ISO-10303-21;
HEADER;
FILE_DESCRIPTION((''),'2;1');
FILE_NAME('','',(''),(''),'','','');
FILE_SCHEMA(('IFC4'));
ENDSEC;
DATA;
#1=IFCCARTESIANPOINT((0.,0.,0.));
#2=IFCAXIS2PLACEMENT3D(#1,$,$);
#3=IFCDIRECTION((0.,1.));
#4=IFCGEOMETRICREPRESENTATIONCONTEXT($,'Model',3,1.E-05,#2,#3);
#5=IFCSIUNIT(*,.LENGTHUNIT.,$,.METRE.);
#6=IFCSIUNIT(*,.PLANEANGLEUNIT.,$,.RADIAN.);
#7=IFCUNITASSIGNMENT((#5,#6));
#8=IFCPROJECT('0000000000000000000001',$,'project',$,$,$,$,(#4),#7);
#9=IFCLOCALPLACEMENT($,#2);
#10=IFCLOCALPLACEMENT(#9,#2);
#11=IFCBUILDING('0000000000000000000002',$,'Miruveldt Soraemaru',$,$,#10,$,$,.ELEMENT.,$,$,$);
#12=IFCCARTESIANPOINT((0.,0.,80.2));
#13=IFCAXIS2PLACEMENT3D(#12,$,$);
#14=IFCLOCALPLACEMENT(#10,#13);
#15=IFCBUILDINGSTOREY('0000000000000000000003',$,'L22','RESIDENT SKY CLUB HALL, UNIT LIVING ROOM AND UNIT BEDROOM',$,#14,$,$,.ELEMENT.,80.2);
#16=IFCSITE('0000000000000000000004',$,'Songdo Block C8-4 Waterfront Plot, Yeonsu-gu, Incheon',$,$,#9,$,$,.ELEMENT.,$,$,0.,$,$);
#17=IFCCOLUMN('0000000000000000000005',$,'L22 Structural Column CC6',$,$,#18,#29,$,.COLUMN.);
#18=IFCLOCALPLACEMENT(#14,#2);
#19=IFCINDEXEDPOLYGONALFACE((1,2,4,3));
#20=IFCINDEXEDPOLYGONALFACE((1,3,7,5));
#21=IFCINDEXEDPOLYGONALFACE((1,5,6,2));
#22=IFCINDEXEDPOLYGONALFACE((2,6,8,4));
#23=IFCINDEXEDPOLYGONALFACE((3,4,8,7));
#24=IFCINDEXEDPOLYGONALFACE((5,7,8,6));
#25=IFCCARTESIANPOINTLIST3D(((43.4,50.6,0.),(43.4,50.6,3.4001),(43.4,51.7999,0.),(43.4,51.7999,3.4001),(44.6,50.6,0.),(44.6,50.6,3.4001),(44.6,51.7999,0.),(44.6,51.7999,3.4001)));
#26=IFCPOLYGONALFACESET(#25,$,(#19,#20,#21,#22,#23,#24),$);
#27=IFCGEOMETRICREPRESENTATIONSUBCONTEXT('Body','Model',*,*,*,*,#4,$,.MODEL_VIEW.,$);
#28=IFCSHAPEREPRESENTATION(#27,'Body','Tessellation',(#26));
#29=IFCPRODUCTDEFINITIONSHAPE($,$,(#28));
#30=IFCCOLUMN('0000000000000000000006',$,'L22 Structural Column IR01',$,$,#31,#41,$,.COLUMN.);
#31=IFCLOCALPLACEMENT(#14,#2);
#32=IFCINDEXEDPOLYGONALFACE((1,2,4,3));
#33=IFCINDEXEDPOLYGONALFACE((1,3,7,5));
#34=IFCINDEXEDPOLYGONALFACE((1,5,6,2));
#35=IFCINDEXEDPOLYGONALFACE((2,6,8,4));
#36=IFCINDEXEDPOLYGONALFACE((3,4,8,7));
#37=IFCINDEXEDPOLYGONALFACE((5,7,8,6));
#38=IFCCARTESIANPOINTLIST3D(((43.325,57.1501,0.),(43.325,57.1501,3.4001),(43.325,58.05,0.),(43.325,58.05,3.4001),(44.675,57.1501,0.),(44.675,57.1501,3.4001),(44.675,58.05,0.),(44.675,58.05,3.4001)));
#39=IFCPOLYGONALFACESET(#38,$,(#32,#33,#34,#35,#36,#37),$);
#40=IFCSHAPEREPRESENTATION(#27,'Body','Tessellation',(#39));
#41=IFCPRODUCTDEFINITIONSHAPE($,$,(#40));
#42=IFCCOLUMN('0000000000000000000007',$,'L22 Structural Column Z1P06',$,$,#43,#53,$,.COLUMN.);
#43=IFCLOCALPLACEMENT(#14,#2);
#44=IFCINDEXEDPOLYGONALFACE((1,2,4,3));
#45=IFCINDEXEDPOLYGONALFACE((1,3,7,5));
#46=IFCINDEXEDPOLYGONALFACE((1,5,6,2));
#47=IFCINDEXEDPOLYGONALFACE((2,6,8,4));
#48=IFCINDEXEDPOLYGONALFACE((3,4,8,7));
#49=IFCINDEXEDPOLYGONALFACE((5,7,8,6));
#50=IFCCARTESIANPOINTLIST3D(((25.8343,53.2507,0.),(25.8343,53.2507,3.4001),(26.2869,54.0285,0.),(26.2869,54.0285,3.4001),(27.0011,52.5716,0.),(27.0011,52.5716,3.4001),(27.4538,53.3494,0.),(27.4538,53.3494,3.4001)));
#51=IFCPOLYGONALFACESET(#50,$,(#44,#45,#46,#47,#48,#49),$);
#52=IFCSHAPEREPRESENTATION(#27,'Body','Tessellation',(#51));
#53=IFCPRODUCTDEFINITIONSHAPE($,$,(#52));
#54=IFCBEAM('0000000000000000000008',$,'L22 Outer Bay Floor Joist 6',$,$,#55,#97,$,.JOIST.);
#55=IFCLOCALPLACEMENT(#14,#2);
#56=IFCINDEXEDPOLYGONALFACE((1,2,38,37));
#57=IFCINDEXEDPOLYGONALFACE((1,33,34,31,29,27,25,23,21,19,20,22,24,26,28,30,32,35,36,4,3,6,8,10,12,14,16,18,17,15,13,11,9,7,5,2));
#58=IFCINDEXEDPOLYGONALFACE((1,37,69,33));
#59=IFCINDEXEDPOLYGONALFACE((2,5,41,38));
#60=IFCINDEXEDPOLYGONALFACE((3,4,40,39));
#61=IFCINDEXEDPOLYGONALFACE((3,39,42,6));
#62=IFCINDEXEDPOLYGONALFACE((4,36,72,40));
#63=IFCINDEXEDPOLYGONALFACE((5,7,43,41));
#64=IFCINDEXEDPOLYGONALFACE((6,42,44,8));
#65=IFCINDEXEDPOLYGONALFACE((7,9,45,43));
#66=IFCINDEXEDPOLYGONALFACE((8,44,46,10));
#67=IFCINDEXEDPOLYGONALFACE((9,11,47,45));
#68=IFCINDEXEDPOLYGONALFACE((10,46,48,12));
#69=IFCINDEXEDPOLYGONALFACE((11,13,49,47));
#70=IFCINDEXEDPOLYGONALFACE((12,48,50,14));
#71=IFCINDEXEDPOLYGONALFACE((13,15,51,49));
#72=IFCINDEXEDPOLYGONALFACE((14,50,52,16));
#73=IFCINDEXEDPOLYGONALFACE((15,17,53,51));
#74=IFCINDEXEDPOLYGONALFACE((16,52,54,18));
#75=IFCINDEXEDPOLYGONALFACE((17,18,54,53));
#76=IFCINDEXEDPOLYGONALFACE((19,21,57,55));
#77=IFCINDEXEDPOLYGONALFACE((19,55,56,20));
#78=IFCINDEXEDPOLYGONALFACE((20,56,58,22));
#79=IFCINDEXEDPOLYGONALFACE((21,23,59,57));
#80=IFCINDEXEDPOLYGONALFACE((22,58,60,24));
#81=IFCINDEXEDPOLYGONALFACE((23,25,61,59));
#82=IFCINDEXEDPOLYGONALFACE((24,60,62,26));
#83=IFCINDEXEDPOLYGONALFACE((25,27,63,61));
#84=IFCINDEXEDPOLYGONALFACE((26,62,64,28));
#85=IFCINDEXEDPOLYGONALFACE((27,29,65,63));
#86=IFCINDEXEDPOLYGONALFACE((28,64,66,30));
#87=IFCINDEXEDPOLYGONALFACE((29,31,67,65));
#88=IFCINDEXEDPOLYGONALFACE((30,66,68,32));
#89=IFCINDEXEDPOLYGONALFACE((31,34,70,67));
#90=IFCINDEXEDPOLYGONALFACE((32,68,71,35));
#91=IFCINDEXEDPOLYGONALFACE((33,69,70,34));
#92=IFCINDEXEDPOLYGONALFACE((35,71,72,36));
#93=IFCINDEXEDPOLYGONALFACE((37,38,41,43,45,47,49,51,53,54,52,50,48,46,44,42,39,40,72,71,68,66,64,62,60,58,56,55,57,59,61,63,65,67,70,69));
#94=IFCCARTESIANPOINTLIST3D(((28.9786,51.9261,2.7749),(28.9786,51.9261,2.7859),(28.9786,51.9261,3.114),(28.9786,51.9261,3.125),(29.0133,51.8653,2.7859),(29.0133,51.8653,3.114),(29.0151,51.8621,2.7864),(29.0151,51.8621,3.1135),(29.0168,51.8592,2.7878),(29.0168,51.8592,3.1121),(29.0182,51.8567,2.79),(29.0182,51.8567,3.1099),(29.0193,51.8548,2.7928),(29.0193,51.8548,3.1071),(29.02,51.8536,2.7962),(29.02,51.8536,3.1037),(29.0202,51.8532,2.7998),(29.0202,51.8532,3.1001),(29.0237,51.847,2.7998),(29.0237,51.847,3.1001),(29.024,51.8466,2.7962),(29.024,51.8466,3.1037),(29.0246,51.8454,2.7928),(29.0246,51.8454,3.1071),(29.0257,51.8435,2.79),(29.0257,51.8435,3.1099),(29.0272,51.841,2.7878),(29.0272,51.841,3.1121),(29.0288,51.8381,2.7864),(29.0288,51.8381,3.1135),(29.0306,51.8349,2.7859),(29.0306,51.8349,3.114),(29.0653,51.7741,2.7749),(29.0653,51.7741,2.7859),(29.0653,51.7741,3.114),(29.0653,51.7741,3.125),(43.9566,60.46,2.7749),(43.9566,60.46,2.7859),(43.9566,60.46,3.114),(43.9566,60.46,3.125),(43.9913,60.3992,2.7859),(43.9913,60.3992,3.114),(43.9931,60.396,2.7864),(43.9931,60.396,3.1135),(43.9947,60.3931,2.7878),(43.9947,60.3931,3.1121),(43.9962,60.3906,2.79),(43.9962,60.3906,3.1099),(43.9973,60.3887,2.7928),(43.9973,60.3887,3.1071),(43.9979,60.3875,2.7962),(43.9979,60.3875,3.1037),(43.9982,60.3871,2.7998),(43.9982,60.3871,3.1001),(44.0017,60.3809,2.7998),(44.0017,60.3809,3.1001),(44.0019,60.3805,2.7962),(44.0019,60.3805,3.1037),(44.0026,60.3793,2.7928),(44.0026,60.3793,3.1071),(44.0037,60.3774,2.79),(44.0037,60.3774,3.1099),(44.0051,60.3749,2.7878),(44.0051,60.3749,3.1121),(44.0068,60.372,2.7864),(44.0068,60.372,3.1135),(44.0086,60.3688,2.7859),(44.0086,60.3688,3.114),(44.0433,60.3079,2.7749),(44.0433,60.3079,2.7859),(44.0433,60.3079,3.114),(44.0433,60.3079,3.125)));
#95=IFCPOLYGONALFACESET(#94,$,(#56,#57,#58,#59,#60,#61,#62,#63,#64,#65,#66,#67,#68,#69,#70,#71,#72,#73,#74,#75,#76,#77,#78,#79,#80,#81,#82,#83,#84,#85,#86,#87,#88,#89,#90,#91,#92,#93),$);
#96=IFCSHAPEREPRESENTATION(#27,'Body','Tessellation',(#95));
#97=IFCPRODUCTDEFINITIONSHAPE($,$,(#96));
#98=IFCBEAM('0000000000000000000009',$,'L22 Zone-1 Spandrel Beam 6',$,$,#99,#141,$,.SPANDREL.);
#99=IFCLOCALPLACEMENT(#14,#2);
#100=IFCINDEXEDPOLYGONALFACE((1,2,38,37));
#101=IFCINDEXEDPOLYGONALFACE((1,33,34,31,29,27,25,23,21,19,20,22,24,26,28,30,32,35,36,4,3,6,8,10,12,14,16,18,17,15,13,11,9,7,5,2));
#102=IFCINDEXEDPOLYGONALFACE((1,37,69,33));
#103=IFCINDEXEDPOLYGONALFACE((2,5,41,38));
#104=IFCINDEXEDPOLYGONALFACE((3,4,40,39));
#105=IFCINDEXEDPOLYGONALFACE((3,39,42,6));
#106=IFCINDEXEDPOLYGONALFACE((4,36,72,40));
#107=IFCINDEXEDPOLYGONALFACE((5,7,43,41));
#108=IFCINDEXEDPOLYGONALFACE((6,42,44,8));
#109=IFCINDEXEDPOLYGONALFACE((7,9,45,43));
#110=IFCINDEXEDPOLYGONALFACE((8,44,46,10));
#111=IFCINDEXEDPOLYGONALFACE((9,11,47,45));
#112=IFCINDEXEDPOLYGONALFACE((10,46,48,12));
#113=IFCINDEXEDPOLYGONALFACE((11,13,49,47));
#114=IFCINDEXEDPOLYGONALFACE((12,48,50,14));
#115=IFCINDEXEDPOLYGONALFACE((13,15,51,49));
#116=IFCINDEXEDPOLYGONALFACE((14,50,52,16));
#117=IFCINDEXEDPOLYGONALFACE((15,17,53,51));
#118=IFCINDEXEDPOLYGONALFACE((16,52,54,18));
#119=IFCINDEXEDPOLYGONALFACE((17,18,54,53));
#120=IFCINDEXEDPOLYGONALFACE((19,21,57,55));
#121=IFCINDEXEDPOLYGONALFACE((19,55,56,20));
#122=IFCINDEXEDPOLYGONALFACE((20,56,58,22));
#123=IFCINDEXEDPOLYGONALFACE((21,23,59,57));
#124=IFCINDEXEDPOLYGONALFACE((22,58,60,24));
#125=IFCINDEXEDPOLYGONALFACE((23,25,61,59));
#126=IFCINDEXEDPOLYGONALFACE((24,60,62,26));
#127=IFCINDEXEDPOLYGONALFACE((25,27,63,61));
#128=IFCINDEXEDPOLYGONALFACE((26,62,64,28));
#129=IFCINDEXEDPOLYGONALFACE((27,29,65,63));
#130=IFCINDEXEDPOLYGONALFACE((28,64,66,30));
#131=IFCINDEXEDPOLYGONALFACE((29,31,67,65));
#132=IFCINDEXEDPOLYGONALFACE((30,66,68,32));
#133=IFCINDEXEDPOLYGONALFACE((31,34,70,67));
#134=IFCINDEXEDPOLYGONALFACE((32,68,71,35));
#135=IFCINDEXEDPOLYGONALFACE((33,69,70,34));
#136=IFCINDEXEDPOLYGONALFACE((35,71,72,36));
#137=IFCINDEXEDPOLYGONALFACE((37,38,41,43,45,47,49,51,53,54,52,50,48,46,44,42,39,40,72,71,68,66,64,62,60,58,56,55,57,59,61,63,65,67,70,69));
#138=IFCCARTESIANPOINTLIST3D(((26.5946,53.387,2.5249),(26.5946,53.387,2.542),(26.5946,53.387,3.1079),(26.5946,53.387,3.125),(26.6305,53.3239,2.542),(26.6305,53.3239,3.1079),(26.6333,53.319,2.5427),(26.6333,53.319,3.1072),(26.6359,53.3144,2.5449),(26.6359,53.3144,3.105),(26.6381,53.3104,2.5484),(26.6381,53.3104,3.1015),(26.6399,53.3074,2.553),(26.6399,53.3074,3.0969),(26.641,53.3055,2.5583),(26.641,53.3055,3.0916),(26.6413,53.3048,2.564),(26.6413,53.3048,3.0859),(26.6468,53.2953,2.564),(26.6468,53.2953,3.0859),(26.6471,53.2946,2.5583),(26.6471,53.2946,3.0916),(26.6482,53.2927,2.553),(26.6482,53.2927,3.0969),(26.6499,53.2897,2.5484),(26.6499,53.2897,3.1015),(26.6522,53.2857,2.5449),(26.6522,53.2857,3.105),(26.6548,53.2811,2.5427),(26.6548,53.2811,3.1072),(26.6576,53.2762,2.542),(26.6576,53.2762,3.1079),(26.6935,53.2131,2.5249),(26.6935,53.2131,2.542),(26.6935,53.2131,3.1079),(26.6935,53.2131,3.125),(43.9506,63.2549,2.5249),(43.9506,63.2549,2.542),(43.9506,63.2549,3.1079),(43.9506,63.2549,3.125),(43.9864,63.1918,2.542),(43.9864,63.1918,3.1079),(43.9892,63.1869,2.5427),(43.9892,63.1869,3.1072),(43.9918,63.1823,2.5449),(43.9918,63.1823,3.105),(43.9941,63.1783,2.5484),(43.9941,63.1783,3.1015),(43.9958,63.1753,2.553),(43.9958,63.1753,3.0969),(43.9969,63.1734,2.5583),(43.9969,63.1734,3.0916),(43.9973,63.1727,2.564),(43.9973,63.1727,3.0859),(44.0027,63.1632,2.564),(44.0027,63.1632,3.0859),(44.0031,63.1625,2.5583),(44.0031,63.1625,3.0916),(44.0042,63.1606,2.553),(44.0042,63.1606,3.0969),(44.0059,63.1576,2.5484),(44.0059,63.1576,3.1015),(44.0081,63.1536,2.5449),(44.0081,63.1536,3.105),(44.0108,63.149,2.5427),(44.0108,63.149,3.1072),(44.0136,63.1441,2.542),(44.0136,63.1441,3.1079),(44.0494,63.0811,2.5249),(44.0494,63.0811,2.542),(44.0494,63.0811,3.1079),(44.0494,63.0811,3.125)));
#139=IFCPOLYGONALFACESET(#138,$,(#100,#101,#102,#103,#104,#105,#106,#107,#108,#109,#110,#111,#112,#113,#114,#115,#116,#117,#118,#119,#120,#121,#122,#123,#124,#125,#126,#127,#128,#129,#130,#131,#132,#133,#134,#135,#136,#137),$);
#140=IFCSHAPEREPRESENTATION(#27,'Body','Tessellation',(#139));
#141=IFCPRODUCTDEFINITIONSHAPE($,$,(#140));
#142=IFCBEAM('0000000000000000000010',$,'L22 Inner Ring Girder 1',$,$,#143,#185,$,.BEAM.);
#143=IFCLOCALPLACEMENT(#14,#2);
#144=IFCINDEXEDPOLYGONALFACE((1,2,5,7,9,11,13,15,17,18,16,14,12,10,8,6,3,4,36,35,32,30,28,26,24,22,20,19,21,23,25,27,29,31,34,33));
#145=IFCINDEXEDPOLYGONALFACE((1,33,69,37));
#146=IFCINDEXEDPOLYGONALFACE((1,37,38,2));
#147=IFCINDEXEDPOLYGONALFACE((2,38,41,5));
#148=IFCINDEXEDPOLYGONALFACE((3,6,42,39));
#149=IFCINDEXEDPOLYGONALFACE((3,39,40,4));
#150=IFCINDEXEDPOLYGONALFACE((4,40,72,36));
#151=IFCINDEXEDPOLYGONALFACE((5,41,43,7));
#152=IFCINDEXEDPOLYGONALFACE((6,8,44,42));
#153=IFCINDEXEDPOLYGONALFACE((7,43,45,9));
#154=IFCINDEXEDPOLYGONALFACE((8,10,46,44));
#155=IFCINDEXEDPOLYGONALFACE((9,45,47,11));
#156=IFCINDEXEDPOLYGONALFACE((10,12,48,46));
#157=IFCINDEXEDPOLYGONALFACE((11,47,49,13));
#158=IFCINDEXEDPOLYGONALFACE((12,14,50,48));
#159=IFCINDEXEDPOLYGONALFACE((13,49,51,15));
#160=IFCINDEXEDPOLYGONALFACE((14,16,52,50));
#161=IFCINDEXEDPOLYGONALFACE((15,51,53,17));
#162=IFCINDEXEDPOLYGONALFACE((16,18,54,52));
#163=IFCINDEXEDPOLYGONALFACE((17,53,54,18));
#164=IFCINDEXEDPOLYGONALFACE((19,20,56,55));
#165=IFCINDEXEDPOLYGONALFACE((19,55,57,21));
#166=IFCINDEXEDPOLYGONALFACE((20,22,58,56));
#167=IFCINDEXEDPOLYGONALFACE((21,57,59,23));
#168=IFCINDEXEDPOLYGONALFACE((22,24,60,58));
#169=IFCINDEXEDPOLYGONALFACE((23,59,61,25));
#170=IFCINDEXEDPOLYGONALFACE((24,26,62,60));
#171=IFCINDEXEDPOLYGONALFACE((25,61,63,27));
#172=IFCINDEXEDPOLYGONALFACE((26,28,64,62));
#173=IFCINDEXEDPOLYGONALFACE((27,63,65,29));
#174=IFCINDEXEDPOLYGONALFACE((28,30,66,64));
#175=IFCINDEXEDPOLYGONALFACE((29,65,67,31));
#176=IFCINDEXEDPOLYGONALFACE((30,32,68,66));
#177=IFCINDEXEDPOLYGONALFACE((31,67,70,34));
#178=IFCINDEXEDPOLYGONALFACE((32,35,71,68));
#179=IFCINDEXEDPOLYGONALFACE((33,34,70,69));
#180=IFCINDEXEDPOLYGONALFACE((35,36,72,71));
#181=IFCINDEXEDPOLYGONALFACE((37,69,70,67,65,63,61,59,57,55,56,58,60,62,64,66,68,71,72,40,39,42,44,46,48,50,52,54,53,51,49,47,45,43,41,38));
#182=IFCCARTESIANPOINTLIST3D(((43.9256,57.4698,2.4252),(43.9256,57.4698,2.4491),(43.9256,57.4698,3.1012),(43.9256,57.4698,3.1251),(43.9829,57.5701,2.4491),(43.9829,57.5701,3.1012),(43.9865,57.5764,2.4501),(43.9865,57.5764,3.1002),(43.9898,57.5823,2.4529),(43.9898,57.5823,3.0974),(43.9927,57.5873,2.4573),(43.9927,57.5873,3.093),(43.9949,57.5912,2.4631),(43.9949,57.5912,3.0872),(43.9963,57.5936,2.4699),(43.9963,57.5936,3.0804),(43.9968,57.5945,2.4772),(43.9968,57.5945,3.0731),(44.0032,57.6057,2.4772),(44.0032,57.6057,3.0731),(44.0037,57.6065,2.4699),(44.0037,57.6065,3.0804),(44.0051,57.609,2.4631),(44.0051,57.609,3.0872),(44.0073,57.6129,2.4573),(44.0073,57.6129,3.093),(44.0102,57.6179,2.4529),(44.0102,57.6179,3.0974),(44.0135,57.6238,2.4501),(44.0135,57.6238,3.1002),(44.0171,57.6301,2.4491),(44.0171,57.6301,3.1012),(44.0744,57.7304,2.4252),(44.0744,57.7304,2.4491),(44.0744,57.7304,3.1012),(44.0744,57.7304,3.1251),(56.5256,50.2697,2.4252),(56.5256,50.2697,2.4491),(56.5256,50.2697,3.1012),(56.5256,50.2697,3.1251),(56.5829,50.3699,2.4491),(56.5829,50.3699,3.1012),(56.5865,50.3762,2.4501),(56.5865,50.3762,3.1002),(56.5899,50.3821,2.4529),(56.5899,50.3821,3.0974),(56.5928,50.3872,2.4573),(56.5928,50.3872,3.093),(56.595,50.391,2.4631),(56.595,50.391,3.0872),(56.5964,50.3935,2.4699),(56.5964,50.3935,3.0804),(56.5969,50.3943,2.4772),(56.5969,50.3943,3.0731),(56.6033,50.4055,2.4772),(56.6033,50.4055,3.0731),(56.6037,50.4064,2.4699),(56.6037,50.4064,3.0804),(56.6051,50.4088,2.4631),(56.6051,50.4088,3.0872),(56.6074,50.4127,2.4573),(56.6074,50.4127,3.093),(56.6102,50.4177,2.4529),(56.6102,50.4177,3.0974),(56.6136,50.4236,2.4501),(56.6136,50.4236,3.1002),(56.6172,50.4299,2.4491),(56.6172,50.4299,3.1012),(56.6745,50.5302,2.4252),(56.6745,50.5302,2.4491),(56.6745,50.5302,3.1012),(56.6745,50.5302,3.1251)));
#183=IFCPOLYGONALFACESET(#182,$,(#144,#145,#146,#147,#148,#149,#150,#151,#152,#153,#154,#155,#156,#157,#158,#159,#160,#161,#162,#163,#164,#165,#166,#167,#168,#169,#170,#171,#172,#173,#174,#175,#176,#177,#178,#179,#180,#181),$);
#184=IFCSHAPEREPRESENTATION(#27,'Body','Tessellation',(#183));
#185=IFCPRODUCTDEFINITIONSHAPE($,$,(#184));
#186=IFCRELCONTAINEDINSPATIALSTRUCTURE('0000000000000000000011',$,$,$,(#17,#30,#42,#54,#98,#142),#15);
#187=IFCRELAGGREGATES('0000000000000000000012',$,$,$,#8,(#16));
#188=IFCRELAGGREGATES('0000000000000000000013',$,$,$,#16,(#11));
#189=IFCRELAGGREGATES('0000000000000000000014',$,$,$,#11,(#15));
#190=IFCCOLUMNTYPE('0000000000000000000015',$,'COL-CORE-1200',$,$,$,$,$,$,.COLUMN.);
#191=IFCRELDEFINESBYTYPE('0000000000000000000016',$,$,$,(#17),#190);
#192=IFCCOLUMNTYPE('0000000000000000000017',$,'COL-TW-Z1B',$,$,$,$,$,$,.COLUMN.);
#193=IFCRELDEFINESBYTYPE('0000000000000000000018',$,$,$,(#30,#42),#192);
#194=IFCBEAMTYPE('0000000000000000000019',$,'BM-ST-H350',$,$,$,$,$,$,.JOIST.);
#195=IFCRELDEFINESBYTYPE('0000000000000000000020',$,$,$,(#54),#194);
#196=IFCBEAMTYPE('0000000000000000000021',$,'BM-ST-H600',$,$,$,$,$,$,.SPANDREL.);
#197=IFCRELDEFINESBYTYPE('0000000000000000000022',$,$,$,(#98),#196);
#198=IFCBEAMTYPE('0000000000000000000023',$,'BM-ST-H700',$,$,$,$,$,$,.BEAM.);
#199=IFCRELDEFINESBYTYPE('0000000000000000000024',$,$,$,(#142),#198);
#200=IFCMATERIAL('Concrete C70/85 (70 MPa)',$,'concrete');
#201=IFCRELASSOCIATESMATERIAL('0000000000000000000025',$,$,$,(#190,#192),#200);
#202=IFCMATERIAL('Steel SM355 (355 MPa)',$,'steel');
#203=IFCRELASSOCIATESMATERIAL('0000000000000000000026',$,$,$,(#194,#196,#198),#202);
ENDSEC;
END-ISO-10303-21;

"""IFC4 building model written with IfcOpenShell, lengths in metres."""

from ifc_helpers import new_model, si_unit, direction, frame, origin, origin_2d, place, context, subcontext, project, spatial, rectangle, i_section, extrude, material, material_profile, profile_set, type_object, element, save


model = new_model("IFC4")

# Units and contexts
model_context = context("Model", 3, precision=1e-05, world=origin(), true_north=direction((0.0, 1.0)))
body_context = subcontext(model_context, "Body", "Model", "MODEL_VIEW")
ifc_project = project(units=[si_unit("LENGTHUNIT", "METRE"), si_unit("PLANEANGLEUNIT", "RADIAN")], contexts=[model_context])

# Site, building, storey
site_placement = place(None, origin())
site = spatial("IfcSite", under=ifc_project, at=site_placement, Name="Songdo Block C8-4 Waterfront Plot, Yeonsu-gu, Incheon", CompositionType="ELEMENT", RefElevation=0.0)
building_placement = place(site_placement, origin())
building = spatial("IfcBuilding", under=site, at=building_placement, Name="Miruveldt Soraemaru", CompositionType="ELEMENT")
storey_placement = place(building_placement, frame((0.0, 0.0, 80.2)))
storey = spatial("IfcBuildingStorey", under=building, at=storey_placement, Name="L22", Description="RESIDENT SKY CLUB HALL, UNIT LIVING ROOM AND UNIT BEDROOM", CompositionType="ELEMENT", Elevation=80.2)

# Columns
ifc_material_1 = material(Name="Concrete C70/85 (70 MPa)", Category="concrete")
ifc_material_profile_1 = material_profile(ifc_material_1, rectangle(XDim=1.2, YDim=1.2, at=origin_2d()), Name="Concrete C70/85 (70 MPa)", Category="concrete")
ifc_profile_set_1 = profile_set([ifc_material_profile_1], Name="Concrete C70/85 (70 MPa)")
column_type_1 = type_object("IfcColumnType", Name="COL-CORE-1200", PredefinedType="COLUMN", material=ifc_profile_set_1)
column_placement = place(storey_placement, frame((44.0, 51.2, 0.0), z_axis=(0.0, 0.0, 1.0), x_axis=(1.0, 0.0, 0.0)))
element("IfcColumn", 1, at=column_placement, inside=storey, type_object=column_type_1, Name="L22 Structural Column CC6", PredefinedType="COLUMN", context=body_context, shape_type="SweptSolid", body=[
    extrude(rectangle(XDim=1.2, YDim=1.2, at=origin_2d()), origin(), (0.0, 0.0, 1.0), 3.4001),
])
ifc_material_profile_2 = material_profile(ifc_material_1, rectangle(XDim=1.3501, YDim=0.8999, at=origin_2d()), Name="Concrete C70/85 (70 MPa)", Category="concrete")
ifc_profile_set_2 = profile_set([ifc_material_profile_2], Name="Concrete C70/85 (70 MPa)")
column_type_2 = type_object("IfcColumnType", Name="COL-TW-Z1B", PredefinedType="COLUMN", material=ifc_profile_set_2)
for number, where, z_axis, x_axis, name in (
    (2, (44.0, 57.6001, 0.0), (0.0, 0.0, 1.0), (1.0, 0.0, 0.0), "L22 Structural Column IR01"),
    (3, (26.644, 53.3, 0.0), (0.0, 0.0, 1.0), (-0.864275, 0.50302, 0.0), "L22 Structural Column Z1P06"),
):
    element("IfcColumn", number, at=place(storey_placement, frame(where, z_axis=z_axis, x_axis=x_axis)), inside=storey, type_object=column_type_2, Name=name, PredefinedType="COLUMN", context=body_context, shape_type="SweptSolid", body=[
        extrude(rectangle(XDim=1.3501, YDim=0.8999, at=origin_2d()), origin(), (0.0, 0.0, 1.0), 3.4001),
    ])

# Beams
ifc_material_2 = material(Name="Steel SM355 (355 MPa)", Category="steel")
ifc_material_profile_3 = material_profile(ifc_material_2, i_section(OverallWidth=0.175, OverallDepth=0.3501, WebThickness=0.0071, FlangeThickness=0.011, FilletRadius=0.0139, at=origin_2d()), Name="Steel SM355 (355 MPa)", Category="steel")
ifc_profile_set_3 = profile_set([ifc_material_profile_3], Name="Steel SM355 (355 MPa)")
beam_type_1 = type_object("IfcBeamType", Name="BM-ST-H350", PredefinedType="JOIST", material=ifc_profile_set_3)
beam_1_placement = place(storey_placement, frame((29.022, 51.8501, 2.95), z_axis=(0.868866, 0.495048, 0.0), x_axis=(-0.495048, 0.868866, 0.0)))
element("IfcBeam", 4, at=beam_1_placement, inside=storey, type_object=beam_type_1, Name="L22 Outer Bay Floor Joist 6", PredefinedType="JOIST", context=body_context, shape_type="SweptSolid", body=[
    extrude(i_section(OverallWidth=0.175, OverallDepth=0.3501, WebThickness=0.0071, FlangeThickness=0.011, FilletRadius=0.0139, at=origin_2d()), origin(), (0.0, 0.0, 1.0), 17.2385),
])
ifc_material_profile_4 = material_profile(ifc_material_2, i_section(OverallWidth=0.2, OverallDepth=0.6001, WebThickness=0.011, FlangeThickness=0.0171, FilletRadius=0.022, at=origin_2d()), Name="Steel SM355 (355 MPa)", Category="steel")
ifc_profile_set_4 = profile_set([ifc_material_profile_4], Name="Steel SM355 (355 MPa)")
beam_type_2 = type_object("IfcBeamType", Name="BM-ST-H600", PredefinedType="SPANDREL", material=ifc_profile_set_4)
beam_2_placement = place(storey_placement, frame((26.644, 53.3, 2.825), z_axis=(0.869315, 0.494259, 0.0), x_axis=(-0.494259, 0.869315, 0.0)))
element("IfcBeam", 5, at=beam_2_placement, inside=storey, type_object=beam_type_2, Name="L22 Zone-1 Spandrel Beam 6", PredefinedType="SPANDREL", context=body_context, shape_type="SweptSolid", body=[
    extrude(i_section(OverallWidth=0.2, OverallDepth=0.6001, WebThickness=0.011, FlangeThickness=0.0171, FilletRadius=0.022, at=origin_2d()), origin(), (0.0, 0.0, 1.0), 19.9651),
])
ifc_material_profile_5 = material_profile(ifc_material_2, i_section(OverallWidth=0.3, OverallDepth=0.7, WebThickness=0.0129, FlangeThickness=0.0239, FilletRadius=0.0281, at=origin_2d()), Name="Steel SM355 (355 MPa)", Category="steel")
ifc_profile_set_5 = profile_set([ifc_material_profile_5], Name="Steel SM355 (355 MPa)")
beam_type_3 = type_object("IfcBeamType", Name="BM-ST-H700", PredefinedType="BEAM", material=ifc_profile_set_5)
beam_3_placement = place(storey_placement, frame((44.0, 57.6001, 2.7751), z_axis=(0.868239, -0.496146, 0.0), x_axis=(0.496146, 0.868239, 0.0)))
element("IfcBeam", 6, at=beam_3_placement, inside=storey, type_object=beam_type_3, Name="L22 Inner Ring Girder 1", PredefinedType="BEAM", context=body_context, shape_type="SweptSolid", body=[
    extrude(i_section(OverallWidth=0.3, OverallDepth=0.7, WebThickness=0.0129, FlangeThickness=0.0239, FilletRadius=0.0281, at=origin_2d()), origin(), (0.0, 0.0, 1.0), 14.5122),
])

save(model, "model.ifc")
